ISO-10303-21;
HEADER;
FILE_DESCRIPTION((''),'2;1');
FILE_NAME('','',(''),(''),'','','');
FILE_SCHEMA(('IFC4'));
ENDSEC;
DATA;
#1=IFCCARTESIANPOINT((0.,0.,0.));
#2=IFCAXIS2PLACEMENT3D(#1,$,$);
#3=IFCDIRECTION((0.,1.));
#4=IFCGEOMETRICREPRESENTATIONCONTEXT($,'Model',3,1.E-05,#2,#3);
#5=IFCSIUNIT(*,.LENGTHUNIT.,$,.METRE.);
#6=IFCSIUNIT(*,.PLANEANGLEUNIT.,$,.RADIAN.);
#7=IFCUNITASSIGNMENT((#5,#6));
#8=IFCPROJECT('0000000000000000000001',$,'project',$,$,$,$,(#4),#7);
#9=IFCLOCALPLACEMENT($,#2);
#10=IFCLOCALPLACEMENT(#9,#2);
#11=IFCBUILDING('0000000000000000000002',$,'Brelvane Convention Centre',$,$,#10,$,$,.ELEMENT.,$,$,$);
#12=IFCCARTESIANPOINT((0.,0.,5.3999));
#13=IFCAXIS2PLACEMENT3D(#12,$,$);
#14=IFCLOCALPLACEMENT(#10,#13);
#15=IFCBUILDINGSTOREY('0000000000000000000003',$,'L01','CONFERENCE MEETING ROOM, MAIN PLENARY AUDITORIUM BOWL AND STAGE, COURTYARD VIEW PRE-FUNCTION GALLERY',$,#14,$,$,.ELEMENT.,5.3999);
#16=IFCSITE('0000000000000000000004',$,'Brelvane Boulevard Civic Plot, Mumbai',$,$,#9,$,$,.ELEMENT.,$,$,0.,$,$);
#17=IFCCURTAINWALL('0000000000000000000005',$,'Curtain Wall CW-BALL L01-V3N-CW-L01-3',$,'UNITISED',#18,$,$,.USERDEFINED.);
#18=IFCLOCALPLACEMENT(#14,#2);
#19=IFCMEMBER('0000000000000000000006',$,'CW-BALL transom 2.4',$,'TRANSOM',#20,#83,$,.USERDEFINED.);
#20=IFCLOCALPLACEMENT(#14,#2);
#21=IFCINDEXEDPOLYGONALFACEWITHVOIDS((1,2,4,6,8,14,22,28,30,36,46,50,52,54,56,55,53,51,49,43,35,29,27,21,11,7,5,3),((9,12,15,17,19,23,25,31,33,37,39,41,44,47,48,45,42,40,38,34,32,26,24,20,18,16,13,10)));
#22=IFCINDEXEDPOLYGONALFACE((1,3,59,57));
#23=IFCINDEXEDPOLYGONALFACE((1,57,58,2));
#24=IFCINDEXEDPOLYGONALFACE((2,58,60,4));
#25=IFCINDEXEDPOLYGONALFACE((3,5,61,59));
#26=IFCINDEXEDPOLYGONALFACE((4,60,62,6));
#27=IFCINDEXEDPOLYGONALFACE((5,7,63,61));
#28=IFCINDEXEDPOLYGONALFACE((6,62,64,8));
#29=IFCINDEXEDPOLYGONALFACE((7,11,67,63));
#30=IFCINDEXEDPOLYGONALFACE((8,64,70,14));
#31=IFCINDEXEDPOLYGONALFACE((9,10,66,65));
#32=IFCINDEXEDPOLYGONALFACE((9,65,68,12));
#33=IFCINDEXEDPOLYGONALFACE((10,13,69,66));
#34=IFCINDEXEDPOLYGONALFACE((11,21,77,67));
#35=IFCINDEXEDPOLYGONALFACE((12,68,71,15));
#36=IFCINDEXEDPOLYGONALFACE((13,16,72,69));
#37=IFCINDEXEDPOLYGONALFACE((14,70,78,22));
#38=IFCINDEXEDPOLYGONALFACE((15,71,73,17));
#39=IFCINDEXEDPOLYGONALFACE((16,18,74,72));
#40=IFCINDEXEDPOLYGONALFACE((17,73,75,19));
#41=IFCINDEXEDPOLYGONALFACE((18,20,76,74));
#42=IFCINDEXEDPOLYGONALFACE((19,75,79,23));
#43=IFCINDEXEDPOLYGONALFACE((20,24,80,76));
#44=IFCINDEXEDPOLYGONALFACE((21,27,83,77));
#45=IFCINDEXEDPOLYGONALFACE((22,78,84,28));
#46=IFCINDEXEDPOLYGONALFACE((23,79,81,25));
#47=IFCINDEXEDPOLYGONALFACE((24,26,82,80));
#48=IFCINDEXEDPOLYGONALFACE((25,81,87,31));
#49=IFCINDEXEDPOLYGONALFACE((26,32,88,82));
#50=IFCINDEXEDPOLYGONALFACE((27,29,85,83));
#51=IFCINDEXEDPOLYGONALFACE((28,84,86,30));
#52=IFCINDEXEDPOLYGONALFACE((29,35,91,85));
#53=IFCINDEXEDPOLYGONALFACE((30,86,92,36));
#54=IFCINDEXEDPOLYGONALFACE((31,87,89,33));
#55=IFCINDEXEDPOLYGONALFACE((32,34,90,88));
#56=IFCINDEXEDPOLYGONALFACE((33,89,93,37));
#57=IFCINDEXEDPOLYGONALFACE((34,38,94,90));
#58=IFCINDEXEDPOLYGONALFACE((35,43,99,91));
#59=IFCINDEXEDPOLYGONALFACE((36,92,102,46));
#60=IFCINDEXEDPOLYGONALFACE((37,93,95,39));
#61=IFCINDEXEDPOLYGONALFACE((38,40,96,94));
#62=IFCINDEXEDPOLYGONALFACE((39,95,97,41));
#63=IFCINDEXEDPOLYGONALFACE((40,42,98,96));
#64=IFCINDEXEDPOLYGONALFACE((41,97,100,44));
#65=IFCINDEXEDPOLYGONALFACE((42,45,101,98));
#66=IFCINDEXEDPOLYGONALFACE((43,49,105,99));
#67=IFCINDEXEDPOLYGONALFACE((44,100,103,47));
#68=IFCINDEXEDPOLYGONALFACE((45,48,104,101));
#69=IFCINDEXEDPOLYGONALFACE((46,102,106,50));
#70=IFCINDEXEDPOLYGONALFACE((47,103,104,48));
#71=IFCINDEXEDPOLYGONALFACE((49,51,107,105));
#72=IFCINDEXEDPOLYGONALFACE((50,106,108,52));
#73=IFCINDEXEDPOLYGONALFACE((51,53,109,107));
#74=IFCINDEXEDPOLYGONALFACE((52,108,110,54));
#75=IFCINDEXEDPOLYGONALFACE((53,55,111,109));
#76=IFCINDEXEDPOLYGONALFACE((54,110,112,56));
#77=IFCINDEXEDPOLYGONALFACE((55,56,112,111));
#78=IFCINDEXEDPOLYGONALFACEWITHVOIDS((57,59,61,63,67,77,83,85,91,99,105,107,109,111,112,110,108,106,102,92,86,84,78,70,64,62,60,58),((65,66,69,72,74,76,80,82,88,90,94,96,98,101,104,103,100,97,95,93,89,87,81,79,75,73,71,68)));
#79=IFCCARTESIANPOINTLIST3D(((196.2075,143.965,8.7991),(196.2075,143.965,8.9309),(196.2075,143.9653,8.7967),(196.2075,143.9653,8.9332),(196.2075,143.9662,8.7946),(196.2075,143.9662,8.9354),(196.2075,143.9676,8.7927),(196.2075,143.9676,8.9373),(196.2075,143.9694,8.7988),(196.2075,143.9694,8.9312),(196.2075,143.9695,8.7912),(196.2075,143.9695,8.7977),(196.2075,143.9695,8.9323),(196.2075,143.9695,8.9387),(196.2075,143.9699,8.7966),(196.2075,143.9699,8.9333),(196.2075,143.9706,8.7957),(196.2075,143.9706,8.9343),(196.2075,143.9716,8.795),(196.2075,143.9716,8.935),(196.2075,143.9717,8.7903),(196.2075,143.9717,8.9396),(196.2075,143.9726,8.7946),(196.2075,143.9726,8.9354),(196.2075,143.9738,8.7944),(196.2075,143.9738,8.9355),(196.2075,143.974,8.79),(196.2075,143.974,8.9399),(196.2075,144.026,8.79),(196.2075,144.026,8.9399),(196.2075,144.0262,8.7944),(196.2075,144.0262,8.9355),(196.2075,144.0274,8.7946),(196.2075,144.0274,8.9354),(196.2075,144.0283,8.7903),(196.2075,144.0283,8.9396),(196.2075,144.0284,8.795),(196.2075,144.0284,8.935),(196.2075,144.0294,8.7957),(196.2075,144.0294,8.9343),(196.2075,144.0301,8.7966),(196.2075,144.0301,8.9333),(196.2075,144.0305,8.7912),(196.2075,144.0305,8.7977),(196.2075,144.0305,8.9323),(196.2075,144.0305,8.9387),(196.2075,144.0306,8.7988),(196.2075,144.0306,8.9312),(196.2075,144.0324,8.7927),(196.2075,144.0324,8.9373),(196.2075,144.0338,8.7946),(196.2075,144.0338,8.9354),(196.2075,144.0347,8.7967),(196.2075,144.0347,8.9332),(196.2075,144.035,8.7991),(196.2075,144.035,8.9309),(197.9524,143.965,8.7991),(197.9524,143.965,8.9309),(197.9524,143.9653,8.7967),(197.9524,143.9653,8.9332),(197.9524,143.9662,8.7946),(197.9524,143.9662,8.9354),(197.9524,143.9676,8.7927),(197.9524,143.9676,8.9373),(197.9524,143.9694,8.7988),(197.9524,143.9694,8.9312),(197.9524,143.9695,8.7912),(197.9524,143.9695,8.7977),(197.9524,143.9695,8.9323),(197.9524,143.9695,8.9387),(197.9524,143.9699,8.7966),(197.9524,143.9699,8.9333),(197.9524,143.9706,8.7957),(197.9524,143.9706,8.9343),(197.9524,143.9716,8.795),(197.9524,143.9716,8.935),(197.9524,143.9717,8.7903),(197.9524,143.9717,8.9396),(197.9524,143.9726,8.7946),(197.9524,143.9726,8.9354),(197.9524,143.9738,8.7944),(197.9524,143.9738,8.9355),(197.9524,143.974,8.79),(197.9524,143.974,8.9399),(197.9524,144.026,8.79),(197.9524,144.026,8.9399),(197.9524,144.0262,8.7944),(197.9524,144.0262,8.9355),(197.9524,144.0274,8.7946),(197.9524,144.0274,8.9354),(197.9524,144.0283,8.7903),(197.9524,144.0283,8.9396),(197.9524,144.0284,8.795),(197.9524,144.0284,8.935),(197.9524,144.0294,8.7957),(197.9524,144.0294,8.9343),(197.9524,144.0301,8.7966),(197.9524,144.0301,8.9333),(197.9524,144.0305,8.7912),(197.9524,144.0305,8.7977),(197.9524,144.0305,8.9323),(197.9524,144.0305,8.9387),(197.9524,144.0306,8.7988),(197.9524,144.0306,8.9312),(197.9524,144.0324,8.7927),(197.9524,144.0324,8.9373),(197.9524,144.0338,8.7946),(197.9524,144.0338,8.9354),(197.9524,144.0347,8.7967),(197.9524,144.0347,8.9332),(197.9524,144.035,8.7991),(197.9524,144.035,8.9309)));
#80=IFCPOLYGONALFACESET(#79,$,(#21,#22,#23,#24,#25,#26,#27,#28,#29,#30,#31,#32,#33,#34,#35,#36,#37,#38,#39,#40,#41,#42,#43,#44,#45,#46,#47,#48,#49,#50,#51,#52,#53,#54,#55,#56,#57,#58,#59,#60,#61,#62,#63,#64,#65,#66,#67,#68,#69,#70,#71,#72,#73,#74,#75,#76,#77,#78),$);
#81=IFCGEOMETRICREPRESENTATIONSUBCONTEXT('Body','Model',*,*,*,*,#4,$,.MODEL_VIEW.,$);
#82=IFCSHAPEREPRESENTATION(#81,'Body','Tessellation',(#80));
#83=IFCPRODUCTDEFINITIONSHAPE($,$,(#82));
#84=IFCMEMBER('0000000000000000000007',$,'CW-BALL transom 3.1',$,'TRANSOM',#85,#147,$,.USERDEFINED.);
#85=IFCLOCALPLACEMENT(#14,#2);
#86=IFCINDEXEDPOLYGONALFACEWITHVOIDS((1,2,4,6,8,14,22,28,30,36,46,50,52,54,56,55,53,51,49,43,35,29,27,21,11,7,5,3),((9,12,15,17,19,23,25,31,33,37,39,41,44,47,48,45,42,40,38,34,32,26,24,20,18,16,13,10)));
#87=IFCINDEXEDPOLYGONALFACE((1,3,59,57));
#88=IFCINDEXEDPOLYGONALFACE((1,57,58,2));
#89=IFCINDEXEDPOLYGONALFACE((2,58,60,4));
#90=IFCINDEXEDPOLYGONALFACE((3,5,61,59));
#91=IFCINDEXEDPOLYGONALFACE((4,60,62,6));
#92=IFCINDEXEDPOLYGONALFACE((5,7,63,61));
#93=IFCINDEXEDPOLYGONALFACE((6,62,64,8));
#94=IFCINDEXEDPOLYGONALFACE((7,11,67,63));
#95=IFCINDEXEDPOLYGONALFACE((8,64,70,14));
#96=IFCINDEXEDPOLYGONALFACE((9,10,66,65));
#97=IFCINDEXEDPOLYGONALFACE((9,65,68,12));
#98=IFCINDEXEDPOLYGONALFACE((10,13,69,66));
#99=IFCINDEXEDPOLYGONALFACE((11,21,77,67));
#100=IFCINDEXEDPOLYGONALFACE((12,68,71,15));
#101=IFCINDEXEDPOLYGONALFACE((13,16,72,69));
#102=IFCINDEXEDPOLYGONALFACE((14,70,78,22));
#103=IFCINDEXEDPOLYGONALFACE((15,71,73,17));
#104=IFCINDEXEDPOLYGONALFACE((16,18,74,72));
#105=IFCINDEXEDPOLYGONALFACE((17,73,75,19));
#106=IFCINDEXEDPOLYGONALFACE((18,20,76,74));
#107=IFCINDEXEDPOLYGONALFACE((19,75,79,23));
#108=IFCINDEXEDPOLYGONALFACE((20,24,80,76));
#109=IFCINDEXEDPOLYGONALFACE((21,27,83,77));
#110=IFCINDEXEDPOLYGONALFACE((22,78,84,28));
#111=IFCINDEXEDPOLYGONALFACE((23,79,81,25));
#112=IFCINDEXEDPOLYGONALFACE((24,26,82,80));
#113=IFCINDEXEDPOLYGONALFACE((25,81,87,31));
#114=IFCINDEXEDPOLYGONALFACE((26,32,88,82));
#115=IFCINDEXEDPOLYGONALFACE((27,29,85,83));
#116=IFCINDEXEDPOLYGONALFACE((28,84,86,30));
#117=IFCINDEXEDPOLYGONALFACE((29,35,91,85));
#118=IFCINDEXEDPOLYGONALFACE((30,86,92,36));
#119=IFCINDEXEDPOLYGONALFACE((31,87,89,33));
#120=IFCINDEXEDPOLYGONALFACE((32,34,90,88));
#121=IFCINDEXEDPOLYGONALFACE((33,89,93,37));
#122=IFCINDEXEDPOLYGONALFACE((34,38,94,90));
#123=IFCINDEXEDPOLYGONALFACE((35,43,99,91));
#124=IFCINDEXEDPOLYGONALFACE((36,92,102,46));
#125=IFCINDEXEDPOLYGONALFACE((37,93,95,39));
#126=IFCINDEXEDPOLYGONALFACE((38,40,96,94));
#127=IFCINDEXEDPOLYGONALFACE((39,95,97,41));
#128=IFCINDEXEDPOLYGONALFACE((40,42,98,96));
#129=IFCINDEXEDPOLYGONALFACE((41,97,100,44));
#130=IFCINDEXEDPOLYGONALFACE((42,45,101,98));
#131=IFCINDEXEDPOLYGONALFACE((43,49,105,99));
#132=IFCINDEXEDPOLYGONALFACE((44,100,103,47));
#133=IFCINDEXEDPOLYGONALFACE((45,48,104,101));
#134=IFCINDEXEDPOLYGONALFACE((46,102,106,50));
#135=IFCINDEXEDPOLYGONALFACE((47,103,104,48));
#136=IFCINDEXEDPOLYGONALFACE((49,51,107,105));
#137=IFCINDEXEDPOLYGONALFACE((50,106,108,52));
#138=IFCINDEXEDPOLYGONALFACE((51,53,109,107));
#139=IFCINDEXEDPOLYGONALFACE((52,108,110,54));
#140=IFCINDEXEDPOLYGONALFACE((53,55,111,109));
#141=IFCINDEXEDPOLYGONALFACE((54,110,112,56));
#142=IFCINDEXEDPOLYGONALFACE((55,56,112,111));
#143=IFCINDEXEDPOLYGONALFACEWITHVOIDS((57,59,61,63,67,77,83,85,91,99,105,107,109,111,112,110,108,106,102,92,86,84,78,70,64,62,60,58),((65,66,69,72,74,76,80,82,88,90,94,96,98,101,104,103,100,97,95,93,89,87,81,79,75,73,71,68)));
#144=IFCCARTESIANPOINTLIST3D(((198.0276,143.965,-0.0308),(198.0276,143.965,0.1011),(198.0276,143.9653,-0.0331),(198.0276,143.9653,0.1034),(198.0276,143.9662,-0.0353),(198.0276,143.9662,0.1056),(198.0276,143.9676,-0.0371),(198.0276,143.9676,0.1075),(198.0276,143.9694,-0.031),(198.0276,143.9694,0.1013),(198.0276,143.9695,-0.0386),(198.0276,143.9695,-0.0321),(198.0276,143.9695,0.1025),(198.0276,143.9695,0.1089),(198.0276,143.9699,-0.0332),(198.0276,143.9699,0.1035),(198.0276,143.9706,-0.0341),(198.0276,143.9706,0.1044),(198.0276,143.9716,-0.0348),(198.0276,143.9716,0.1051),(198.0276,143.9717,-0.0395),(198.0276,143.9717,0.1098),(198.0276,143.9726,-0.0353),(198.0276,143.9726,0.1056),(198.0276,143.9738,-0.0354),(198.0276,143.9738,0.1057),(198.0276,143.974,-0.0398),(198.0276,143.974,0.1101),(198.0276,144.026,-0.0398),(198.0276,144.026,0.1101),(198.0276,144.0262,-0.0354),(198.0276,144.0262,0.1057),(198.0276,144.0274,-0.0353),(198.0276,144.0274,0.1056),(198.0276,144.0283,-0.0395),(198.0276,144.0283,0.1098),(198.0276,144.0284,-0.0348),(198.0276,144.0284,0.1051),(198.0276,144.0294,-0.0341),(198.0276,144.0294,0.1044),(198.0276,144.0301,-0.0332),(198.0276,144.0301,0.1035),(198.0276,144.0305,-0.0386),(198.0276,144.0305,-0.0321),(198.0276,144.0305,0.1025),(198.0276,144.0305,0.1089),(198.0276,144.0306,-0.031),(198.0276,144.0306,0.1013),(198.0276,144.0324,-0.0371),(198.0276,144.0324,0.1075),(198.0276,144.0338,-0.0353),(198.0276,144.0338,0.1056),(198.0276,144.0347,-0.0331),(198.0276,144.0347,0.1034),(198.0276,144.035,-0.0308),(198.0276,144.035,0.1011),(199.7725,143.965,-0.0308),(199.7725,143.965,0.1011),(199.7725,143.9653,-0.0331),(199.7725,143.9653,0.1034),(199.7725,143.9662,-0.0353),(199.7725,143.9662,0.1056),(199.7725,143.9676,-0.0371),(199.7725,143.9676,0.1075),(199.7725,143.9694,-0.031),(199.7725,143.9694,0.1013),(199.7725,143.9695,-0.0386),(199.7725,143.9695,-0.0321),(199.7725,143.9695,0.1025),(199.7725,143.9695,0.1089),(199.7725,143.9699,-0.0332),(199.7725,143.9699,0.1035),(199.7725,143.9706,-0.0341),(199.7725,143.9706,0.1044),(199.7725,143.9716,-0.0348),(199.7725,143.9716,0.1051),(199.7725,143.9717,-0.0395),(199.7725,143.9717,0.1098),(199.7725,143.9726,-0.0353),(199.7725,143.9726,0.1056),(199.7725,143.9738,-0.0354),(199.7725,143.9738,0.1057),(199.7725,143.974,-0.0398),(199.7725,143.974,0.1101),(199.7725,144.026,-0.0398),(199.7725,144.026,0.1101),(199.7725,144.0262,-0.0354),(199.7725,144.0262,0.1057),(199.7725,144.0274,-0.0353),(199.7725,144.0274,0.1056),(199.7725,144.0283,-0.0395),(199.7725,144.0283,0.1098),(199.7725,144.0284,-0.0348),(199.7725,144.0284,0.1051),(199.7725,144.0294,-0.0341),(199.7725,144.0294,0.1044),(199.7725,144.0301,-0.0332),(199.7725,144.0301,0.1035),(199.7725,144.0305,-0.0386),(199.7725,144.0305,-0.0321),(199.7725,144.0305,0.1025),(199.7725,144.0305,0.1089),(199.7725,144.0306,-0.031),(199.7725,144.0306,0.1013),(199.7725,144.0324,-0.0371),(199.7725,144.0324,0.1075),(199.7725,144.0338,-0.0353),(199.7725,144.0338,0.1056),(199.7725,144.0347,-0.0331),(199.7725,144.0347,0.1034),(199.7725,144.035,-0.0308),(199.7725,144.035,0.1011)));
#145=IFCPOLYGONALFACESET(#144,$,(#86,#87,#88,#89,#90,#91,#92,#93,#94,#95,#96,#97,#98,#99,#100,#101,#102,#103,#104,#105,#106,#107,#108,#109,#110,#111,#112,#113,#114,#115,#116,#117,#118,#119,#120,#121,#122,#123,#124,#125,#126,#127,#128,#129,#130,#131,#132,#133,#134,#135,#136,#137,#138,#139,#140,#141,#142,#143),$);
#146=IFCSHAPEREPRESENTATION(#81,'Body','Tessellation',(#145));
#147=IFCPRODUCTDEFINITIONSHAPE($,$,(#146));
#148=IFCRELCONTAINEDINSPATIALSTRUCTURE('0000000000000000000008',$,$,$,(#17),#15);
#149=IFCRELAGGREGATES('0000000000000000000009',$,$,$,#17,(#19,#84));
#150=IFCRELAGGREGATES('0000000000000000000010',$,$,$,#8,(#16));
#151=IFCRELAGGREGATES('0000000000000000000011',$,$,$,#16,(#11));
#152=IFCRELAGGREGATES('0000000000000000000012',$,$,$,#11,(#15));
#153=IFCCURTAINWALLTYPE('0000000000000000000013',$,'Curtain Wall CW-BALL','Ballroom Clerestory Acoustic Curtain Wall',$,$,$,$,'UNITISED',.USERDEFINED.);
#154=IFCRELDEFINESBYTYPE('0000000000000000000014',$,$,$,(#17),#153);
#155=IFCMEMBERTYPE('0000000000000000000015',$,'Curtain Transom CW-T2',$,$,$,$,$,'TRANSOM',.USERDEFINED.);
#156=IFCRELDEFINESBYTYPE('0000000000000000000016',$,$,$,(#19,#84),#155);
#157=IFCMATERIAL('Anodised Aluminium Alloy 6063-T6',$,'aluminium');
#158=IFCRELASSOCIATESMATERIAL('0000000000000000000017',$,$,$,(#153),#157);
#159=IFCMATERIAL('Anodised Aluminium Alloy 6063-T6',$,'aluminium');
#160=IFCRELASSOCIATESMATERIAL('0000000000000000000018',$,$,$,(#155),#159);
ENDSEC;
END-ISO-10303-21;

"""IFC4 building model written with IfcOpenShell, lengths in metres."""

from ifc_helpers import new_model, si_unit, direction, frame, origin, origin_2d, place, context, subcontext, project, spatial, hollow_rectangle, extrude, material, material_profile, profile_set, type_object, element, aggregate, save


model = new_model("IFC4")

# Units and contexts
model_context = context("Model", 3, precision=1e-05, world=origin(), true_north=direction((0.0, 1.0)))
body_context = subcontext(model_context, "Body", "Model", "MODEL_VIEW")
ifc_project = project(units=[si_unit("LENGTHUNIT", "METRE"), si_unit("PLANEANGLEUNIT", "RADIAN")], contexts=[model_context])

# Site, building, storey
site_placement = place(None, origin())
site = spatial("IfcSite", under=ifc_project, at=site_placement, Name="Brelvane Boulevard Civic Plot, Mumbai", CompositionType="ELEMENT", RefElevation=0.0)
building_placement = place(site_placement, origin())
building = spatial("IfcBuilding", under=site, at=building_placement, Name="Brelvane Convention Centre", CompositionType="ELEMENT")
storey_placement = place(building_placement, frame((0.0, 0.0, 5.3999)))
storey = spatial("IfcBuildingStorey", under=building, at=storey_placement, Name="L01", Description="CONFERENCE MEETING ROOM, MAIN PLENARY AUDITORIUM BOWL AND STAGE, COURTYARD VIEW PRE-FUNCTION GALLERY", CompositionType="ELEMENT", Elevation=5.3999)

# Shared definitions
ifc_material_1 = material(Name="Anodised Aluminium Alloy 6063-T6", Category="aluminium")
curtain_wall_type = type_object("IfcCurtainWallType", Name="Curtain Wall CW-BALL", Description="Ballroom Clerestory Acoustic Curtain Wall", ElementType="UNITISED", PredefinedType="USERDEFINED", material=ifc_material_1)

# Curtain wall, members
curtain_wall_1_placement = place(storey_placement, origin())
curtain_wall_1 = element("IfcCurtainWall", 1, at=curtain_wall_1_placement, inside=storey, type_object=curtain_wall_type, Name="Curtain Wall CW-BALL L01-V3N-CW-L01-3", ObjectType="UNITISED", PredefinedType="USERDEFINED")
ifc_material_2 = material(Name="Anodised Aluminium Alloy 6063-T6", Category="aluminium")
ifc_material_profile_1 = material_profile(ifc_material_2, hollow_rectangle(XDim=0.0701, YDim=0.1499, WallThickness=0.0044, InnerFilletRadius=0.0044, OuterFilletRadius=0.009, at=origin_2d()), Name="ALU-T 150x70x4.5")
ifc_profile_set_1 = profile_set([ifc_material_profile_1], Name="Anodised Aluminium Alloy 6063-T6")
member_type_1 = type_object("IfcMemberType", Name="Curtain Transom CW-T2", ElementType="TRANSOM", PredefinedType="USERDEFINED", material=ifc_profile_set_1)
member_1_placement = place(storey_placement, frame((196.2075, 144.0, 8.865), z_axis=(1.0, 0.0, 0.0), x_axis=(0.0, 1.0, 0.0)))
member_1 = element("IfcMember", 2, at=member_1_placement, type_object=member_type_1, Name="CW-BALL transom 2.4", ObjectType="TRANSOM", PredefinedType="USERDEFINED", context=body_context, shape_type="SweptSolid", body=[
    extrude(hollow_rectangle(XDim=0.0701, YDim=0.1499, WallThickness=0.0044, InnerFilletRadius=0.0044, OuterFilletRadius=0.009, at=origin_2d()), origin(), (0.0, 0.0, 1.0), 1.7449),
])
member_2_placement = place(storey_placement, frame((198.0276, 144.0, 0.0352), z_axis=(1.0, 0.0, 0.0), x_axis=(0.0, 1.0, 0.0)))
member_2 = element("IfcMember", 3, at=member_2_placement, type_object=member_type_1, Name="CW-BALL transom 3.1", ObjectType="TRANSOM", PredefinedType="USERDEFINED", context=body_context, shape_type="SweptSolid", body=[
    extrude(hollow_rectangle(XDim=0.0701, YDim=0.1499, WallThickness=0.0044, InnerFilletRadius=0.0044, OuterFilletRadius=0.009, at=origin_2d()), origin(), (0.0, 0.0, 1.0), 1.7449),
])
aggregate(curtain_wall_1, [member_1, member_2])

save(model, "model.ifc")
